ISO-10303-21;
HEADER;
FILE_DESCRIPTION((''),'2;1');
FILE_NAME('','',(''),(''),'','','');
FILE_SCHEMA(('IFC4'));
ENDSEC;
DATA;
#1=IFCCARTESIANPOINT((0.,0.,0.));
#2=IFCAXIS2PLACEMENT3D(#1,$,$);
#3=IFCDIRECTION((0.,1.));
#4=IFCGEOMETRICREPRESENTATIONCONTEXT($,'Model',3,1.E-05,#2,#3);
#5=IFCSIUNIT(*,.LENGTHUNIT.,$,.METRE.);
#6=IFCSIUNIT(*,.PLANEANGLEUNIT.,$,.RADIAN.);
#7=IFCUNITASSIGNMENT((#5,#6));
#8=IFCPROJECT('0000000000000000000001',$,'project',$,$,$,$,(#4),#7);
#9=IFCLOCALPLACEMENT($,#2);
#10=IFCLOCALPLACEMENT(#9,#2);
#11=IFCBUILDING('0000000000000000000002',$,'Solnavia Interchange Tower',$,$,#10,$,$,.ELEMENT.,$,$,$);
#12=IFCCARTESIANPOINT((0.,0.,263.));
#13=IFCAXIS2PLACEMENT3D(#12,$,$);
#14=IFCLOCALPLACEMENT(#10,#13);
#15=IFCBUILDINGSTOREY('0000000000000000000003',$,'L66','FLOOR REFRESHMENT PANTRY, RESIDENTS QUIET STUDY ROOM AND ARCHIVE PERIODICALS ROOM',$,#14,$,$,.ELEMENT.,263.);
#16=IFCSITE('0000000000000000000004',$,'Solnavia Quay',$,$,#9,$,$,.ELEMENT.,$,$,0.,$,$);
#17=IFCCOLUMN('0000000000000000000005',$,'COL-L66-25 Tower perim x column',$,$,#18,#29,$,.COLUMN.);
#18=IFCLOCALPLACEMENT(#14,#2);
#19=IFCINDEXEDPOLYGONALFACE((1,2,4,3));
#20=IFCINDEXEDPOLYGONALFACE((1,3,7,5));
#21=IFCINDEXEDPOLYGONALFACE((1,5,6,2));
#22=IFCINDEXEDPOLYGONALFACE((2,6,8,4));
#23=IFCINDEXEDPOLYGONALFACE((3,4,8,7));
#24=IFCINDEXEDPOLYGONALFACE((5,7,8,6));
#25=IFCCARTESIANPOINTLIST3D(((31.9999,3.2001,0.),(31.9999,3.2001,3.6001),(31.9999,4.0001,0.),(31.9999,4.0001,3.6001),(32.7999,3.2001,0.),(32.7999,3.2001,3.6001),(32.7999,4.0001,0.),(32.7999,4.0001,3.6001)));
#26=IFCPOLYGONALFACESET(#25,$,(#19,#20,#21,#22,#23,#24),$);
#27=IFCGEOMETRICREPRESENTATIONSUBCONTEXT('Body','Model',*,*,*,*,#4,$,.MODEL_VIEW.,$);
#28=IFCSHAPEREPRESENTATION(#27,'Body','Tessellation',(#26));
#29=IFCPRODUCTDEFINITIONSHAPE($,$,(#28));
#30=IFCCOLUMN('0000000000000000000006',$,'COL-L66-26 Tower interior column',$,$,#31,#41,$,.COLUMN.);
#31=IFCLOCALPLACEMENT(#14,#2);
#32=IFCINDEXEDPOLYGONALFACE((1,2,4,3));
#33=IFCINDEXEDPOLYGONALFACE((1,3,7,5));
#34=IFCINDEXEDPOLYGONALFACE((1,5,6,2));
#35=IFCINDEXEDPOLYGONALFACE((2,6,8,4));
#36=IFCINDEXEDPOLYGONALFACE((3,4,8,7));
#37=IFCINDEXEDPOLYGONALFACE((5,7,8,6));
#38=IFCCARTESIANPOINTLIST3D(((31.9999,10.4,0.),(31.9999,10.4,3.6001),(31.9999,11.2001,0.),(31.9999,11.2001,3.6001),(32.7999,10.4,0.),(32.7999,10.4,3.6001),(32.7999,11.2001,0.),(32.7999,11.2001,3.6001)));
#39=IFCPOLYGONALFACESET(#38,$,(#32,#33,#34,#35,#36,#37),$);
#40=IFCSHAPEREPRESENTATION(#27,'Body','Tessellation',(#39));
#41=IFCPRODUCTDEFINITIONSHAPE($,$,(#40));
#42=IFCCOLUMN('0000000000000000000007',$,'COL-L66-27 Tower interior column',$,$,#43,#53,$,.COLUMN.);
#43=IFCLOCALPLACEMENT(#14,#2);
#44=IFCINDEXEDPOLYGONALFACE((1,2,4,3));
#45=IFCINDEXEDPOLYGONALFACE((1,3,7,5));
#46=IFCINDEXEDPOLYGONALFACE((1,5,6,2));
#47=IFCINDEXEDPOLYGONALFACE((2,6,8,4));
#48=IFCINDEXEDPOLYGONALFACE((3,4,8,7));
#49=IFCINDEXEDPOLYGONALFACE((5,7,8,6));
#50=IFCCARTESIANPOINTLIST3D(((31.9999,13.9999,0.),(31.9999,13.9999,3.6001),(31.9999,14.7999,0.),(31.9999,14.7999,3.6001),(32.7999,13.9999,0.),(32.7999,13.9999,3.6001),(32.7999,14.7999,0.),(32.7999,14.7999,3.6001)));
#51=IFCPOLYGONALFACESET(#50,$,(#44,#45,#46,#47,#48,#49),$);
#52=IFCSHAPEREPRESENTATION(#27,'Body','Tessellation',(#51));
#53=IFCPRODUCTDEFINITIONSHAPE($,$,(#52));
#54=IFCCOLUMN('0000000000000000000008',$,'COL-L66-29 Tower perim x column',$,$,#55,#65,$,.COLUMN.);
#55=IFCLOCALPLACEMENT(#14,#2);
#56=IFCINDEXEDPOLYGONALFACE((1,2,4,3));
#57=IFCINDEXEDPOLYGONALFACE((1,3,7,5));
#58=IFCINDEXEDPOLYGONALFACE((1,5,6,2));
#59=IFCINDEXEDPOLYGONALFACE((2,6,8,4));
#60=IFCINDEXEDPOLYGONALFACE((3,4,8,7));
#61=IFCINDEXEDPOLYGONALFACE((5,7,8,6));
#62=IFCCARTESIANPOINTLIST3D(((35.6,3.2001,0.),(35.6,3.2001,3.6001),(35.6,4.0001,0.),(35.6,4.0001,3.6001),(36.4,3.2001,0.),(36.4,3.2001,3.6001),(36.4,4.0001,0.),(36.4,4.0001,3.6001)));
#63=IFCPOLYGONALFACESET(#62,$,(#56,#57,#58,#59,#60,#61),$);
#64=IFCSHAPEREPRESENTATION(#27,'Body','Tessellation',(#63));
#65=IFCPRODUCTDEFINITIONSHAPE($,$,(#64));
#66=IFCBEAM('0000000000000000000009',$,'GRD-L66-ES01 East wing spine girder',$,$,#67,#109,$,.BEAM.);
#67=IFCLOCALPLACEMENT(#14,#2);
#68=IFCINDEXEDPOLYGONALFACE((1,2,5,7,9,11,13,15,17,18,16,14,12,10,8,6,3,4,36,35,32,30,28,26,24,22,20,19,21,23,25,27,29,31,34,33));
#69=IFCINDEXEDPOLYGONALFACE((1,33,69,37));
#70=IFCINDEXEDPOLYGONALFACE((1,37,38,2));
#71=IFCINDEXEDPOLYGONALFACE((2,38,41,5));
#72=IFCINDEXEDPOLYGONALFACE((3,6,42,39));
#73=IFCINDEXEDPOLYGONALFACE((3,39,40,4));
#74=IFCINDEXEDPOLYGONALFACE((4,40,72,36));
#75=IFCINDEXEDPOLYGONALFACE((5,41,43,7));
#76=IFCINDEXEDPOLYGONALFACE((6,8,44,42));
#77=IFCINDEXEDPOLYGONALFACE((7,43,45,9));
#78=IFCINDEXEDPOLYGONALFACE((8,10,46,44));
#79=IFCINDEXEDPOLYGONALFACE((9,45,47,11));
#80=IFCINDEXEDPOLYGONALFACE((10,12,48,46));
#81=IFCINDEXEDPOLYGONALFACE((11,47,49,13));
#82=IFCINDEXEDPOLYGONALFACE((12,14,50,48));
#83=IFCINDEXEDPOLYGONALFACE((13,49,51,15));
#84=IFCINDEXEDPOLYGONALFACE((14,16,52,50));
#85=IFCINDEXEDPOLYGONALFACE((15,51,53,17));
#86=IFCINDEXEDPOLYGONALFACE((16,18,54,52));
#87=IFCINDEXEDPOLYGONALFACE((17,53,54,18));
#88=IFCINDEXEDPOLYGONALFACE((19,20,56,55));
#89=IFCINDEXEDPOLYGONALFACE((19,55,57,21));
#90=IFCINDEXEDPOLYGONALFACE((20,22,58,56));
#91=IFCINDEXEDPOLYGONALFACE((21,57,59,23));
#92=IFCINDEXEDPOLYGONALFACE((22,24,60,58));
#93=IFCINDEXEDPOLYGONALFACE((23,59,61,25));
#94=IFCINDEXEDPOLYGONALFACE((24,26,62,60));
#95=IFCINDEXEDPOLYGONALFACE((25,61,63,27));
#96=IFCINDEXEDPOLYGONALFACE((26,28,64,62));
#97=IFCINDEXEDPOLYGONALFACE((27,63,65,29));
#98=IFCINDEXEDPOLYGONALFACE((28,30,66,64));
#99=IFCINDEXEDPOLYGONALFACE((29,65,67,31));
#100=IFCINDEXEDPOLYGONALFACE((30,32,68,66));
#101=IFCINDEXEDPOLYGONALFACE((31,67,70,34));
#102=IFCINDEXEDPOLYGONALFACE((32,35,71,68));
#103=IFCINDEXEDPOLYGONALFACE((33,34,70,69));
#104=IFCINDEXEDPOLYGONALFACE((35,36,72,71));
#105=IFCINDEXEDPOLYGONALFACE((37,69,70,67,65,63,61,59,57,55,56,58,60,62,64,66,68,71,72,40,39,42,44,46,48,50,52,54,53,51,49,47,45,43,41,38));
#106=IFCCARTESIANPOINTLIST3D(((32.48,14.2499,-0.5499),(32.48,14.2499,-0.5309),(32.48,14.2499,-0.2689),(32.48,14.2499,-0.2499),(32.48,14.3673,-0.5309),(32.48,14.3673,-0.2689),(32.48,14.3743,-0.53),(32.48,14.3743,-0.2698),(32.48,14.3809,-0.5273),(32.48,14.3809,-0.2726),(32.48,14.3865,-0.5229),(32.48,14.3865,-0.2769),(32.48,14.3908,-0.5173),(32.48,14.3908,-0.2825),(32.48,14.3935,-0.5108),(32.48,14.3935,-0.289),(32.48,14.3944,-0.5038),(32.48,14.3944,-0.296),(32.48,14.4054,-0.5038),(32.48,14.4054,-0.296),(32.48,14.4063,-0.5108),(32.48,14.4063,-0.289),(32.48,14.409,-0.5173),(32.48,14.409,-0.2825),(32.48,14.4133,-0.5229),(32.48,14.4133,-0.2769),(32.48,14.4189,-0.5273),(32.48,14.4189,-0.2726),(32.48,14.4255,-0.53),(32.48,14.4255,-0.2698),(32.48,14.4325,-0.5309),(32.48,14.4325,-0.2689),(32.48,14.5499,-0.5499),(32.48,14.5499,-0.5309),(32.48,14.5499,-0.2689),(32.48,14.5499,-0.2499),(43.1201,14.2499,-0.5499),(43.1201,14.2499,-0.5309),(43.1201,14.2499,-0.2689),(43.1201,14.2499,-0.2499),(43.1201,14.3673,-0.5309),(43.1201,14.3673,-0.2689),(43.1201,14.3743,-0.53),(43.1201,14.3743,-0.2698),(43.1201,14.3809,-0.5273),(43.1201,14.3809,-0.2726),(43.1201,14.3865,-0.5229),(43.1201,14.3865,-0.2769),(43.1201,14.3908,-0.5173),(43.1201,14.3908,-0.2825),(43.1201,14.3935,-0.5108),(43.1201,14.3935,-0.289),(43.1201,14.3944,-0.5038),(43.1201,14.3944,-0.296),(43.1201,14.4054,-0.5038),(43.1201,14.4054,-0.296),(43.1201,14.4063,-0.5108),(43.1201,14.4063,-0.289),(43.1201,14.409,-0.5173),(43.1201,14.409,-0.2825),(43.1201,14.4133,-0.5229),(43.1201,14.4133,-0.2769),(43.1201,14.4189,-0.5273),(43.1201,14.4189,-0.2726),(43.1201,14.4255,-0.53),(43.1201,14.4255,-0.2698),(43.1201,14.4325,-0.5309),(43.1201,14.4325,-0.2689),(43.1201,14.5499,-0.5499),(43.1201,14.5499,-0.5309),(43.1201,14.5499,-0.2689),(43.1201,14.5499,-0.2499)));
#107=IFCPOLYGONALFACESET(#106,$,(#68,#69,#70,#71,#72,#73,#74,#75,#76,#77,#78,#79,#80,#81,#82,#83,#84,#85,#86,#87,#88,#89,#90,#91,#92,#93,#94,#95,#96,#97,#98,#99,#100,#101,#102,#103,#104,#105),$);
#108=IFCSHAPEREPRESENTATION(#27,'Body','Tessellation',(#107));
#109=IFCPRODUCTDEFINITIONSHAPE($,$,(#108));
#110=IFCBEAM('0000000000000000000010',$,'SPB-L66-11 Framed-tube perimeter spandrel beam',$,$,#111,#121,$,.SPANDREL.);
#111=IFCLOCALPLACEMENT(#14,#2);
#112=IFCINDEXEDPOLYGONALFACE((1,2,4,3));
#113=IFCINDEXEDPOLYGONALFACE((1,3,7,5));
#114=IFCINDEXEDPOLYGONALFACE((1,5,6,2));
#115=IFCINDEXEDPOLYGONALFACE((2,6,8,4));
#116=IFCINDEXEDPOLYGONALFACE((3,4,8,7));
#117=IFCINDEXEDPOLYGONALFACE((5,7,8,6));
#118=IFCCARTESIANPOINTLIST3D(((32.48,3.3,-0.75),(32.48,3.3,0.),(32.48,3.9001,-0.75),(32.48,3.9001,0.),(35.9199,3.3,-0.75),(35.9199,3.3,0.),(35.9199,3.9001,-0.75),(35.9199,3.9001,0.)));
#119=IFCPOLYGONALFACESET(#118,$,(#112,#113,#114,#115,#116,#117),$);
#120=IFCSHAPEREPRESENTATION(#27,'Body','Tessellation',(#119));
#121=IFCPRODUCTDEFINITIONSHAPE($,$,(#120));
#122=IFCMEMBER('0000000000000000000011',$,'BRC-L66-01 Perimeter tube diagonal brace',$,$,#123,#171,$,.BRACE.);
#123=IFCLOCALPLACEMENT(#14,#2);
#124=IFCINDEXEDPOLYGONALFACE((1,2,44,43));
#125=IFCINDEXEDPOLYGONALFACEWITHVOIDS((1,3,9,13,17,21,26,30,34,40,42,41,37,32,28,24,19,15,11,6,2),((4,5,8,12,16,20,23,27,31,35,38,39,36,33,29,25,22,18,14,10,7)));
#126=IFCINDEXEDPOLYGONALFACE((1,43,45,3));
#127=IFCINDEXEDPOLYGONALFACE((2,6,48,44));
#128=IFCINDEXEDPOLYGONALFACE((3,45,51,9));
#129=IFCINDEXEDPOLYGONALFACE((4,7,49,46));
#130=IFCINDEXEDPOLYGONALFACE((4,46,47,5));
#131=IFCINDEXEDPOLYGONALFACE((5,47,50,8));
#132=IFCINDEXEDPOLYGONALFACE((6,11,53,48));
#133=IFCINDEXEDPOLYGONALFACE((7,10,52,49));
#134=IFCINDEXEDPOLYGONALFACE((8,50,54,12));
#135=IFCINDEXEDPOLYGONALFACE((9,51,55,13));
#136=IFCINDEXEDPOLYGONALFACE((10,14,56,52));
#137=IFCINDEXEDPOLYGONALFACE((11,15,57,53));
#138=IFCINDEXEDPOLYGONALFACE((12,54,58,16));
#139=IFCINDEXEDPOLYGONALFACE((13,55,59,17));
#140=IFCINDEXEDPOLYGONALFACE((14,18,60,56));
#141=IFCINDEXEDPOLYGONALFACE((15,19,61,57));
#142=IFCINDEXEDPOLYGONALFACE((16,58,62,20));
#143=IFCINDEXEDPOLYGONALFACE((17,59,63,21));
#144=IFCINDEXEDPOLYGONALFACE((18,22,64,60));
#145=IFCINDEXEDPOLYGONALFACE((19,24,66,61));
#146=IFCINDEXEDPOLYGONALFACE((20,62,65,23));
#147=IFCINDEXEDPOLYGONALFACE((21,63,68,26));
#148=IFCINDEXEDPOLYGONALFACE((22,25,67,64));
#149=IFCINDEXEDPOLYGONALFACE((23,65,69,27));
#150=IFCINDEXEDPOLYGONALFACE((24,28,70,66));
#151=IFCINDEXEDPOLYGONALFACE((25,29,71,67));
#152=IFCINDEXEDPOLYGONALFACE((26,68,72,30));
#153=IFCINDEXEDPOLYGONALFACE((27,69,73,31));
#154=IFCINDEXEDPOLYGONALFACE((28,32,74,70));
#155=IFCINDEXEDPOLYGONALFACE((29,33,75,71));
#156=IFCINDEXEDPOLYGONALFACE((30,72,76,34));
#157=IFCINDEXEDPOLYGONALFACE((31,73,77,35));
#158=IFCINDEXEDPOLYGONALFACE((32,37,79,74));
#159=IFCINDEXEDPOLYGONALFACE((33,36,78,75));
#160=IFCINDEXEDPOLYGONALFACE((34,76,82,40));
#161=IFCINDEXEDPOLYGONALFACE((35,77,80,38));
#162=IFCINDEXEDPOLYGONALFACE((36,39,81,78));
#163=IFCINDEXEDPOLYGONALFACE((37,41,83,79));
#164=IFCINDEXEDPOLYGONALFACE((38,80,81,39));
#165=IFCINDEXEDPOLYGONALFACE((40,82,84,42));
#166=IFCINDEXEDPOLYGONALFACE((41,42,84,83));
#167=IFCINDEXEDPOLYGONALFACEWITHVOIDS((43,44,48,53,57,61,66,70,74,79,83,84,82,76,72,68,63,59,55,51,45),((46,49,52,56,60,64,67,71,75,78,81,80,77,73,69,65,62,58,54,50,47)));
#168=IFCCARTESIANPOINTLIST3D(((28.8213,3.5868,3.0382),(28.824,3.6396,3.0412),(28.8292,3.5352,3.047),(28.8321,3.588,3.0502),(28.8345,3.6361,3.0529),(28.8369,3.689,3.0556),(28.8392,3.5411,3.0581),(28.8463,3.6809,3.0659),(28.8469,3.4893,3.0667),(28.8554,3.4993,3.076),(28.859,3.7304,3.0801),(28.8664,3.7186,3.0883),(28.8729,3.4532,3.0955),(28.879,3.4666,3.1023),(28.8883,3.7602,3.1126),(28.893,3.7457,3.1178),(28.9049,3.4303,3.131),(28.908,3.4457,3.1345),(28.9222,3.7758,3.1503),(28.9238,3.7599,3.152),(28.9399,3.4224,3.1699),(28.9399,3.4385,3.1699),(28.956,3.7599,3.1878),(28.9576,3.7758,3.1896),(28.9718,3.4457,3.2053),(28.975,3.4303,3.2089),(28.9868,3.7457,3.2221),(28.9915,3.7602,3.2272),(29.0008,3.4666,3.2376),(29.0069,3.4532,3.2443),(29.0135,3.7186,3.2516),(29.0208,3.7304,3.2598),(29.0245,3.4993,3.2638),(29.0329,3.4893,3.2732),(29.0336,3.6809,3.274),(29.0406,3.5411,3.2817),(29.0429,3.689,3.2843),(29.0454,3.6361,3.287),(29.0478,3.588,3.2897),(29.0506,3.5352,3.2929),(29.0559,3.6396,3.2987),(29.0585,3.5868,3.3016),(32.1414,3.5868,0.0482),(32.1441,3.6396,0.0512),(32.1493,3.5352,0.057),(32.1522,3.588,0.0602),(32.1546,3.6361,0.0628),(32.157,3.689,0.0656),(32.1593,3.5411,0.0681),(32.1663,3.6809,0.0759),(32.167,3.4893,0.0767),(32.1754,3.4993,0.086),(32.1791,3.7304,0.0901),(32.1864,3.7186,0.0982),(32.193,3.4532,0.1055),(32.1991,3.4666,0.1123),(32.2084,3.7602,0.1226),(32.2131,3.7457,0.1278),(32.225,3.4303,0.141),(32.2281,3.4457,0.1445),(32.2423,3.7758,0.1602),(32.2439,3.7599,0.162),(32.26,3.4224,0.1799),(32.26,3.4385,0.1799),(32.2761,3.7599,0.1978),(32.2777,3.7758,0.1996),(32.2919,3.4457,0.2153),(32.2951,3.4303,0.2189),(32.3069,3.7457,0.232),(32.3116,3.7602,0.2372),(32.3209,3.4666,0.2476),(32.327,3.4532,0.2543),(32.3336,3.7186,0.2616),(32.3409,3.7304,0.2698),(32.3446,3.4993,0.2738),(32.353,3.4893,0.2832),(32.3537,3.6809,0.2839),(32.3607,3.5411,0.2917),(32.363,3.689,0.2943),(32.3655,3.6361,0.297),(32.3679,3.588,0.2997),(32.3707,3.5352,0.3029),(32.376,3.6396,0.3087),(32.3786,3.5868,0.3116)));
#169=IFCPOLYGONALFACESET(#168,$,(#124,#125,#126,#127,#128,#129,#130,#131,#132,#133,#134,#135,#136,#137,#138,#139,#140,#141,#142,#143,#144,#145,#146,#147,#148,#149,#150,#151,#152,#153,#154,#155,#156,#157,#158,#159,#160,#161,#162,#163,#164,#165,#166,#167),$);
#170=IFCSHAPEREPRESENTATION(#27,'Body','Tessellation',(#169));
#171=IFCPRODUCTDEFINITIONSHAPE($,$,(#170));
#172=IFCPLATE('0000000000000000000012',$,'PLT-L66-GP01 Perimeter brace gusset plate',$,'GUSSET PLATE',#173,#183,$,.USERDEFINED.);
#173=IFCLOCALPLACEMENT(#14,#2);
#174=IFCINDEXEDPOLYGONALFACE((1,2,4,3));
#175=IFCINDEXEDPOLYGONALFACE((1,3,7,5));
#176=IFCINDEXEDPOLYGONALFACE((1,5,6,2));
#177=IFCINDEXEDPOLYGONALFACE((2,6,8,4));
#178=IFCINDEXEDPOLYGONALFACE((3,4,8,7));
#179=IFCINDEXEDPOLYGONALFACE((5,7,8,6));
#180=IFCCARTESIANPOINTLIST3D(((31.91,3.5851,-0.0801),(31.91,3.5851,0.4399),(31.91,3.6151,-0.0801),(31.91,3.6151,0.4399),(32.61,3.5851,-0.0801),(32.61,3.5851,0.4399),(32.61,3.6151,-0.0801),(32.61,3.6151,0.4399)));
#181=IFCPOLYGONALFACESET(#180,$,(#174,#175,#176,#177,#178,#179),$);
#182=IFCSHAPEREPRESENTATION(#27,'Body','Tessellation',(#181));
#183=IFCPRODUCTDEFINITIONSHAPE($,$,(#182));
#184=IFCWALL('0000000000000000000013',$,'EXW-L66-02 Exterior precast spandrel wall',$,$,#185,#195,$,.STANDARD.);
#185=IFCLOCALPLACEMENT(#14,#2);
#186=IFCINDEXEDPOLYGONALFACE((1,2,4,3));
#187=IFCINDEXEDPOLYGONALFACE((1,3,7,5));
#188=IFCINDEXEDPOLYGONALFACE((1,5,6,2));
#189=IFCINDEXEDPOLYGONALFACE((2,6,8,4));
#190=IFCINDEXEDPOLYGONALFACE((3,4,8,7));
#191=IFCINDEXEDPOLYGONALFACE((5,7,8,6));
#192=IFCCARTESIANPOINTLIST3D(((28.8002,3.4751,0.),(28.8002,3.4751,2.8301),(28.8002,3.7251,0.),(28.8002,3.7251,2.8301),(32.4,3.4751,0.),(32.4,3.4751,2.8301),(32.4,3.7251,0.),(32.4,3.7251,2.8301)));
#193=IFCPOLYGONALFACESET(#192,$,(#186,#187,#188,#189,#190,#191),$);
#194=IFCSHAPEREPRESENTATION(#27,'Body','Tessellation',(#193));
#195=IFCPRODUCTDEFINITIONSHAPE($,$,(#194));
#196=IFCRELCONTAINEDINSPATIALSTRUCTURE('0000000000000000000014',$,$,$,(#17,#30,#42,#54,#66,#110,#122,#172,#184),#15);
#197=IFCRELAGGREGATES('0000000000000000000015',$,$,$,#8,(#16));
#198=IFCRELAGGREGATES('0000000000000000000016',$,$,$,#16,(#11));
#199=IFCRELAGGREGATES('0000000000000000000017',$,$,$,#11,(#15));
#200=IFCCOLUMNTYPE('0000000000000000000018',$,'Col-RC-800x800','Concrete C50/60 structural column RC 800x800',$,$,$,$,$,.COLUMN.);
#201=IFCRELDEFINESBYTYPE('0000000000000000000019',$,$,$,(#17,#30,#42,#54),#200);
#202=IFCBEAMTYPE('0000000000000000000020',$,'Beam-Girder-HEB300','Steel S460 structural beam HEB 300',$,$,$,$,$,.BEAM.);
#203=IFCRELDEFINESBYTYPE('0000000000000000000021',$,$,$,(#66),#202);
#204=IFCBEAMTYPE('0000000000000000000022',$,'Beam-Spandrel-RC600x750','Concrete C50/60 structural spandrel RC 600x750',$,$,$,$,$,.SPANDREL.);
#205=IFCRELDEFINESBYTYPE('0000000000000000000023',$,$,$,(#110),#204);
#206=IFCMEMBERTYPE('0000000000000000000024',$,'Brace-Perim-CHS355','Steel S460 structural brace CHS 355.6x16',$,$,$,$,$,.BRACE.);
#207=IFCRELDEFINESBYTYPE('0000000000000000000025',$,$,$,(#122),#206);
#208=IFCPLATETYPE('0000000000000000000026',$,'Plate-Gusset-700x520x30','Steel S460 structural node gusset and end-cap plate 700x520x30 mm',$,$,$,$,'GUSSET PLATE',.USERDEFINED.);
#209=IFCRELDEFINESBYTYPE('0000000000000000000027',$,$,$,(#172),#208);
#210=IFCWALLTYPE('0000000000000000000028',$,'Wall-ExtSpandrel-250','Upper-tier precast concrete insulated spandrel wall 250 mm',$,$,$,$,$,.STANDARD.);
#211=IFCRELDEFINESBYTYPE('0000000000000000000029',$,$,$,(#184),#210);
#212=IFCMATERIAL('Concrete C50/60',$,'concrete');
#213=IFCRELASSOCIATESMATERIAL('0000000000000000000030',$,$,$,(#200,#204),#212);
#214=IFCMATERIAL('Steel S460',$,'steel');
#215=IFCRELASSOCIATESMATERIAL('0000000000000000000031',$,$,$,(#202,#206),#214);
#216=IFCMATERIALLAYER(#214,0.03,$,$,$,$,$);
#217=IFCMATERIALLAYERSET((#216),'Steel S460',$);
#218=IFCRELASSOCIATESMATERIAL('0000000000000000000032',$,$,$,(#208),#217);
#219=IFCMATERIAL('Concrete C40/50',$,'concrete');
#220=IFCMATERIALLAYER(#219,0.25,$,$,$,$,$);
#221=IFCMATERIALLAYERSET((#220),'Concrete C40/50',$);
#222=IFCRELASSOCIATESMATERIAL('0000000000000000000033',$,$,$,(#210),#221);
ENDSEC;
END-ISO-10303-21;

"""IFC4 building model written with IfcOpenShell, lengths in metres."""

from ifc_helpers import new_model, si_unit, direction, frame, frame_2d, origin, origin_2d, place, context, subcontext, project, spatial, rectangle, hollow_circle, i_section, extrude, material, layer, layer_set, material_profile, profile_set, type_object, element, save


model = new_model("IFC4")

# Units and contexts
model_context = context("Model", 3, precision=1e-05, world=origin(), true_north=direction((0.0, 1.0)))
body_context = subcontext(model_context, "Body", "Model", "MODEL_VIEW")
ifc_project = project(units=[si_unit("LENGTHUNIT", "METRE"), si_unit("PLANEANGLEUNIT", "RADIAN")], contexts=[model_context])

# Site, building, storey
site_placement = place(None, origin())
site = spatial("IfcSite", under=ifc_project, at=site_placement, Name="Solnavia Quay", CompositionType="ELEMENT", RefElevation=0.0)
building_placement = place(site_placement, origin())
building = spatial("IfcBuilding", under=site, at=building_placement, Name="Solnavia Interchange Tower", CompositionType="ELEMENT")
storey_placement = place(building_placement, frame((0.0, 0.0, 263.0)))
storey = spatial("IfcBuildingStorey", under=building, at=storey_placement, Name="L66", Description="FLOOR REFRESHMENT PANTRY, RESIDENTS QUIET STUDY ROOM AND ARCHIVE PERIODICALS ROOM", CompositionType="ELEMENT", Elevation=263.0)

# Columns
ifc_material_1 = material(Name="Concrete C50/60", Category="concrete")
ifc_material_profile_1 = material_profile(ifc_material_1, rectangle(XDim=0.8, YDim=0.8, at=origin_2d()), Name="RC 800x800")
ifc_profile_set_1 = profile_set([ifc_material_profile_1], Name="Concrete C50/60")
column_type = type_object("IfcColumnType", Name="Col-RC-800x800", Description="Concrete C50/60 structural column RC 800x800", PredefinedType="COLUMN", material=ifc_profile_set_1)
for number, where, z_axis, x_axis, name in (
    (1, (32.3999, 3.6001, 0.0), (0.0, 0.0, 1.0), (1.0, 0.0, 0.0), "COL-L66-25 Tower perim x column"),
    (2, (32.3999, 10.8, 0.0), (0.0, 0.0, 1.0), (1.0, 0.0, 0.0), "COL-L66-26 Tower interior column"),
    (3, (32.3999, 14.3999, 0.0), (0.0, 0.0, 1.0), (1.0, 0.0, 0.0), "COL-L66-27 Tower interior column"),
    (4, (36.0, 3.6001, 0.0), (0.0, 0.0, 1.0), (1.0, 0.0, 0.0), "COL-L66-29 Tower perim x column"),
):
    element("IfcColumn", number, at=place(storey_placement, frame(where, z_axis=z_axis, x_axis=x_axis)), inside=storey, type_object=column_type, Name=name, PredefinedType="COLUMN", context=body_context, shape_type="SweptSolid", body=[
        extrude(rectangle(XDim=0.8, YDim=0.8, at=origin_2d()), origin(), (0.0, 0.0, 1.0), 3.6001),
    ])

# Beams
ifc_material_2 = material(Name="Steel S460", Category="steel")
ifc_material_profile_2 = material_profile(ifc_material_2, i_section(OverallWidth=0.3, OverallDepth=0.3, WebThickness=0.011, FlangeThickness=0.019, FilletRadius=0.0271, at=origin_2d()), Name="HEB 300")
ifc_profile_set_2 = profile_set([ifc_material_profile_2], Name="Steel S460")
beam_type_1 = type_object("IfcBeamType", Name="Beam-Girder-HEB300", Description="Steel S460 structural beam HEB 300", PredefinedType="BEAM", material=ifc_profile_set_2)
beam_1_placement = place(storey_placement, frame((32.48, 14.3999, -0.3999), z_axis=(1.0, 0.0, 0.0), x_axis=(0.0, 1.0, 0.0)))
element("IfcBeam", 5, at=beam_1_placement, inside=storey, type_object=beam_type_1, Name="GRD-L66-ES01 East wing spine girder", PredefinedType="BEAM", context=body_context, shape_type="SweptSolid", body=[
    extrude(i_section(OverallWidth=0.3, OverallDepth=0.3, WebThickness=0.011, FlangeThickness=0.019, FilletRadius=0.0271, at=origin_2d()), origin(), (0.0, 0.0, 1.0), 10.6401),
])
ifc_material_profile_3 = material_profile(ifc_material_1, rectangle(XDim=0.6001, YDim=0.75, at=origin_2d()), Name="RC 600x750")
ifc_profile_set_3 = profile_set([ifc_material_profile_3], Name="Concrete C50/60")
beam_type_2 = type_object("IfcBeamType", Name="Beam-Spandrel-RC600x750", Description="Concrete C50/60 structural spandrel RC 600x750", PredefinedType="SPANDREL", material=ifc_profile_set_3)
beam_2_placement = place(storey_placement, frame((32.48, 3.6001, -0.375), z_axis=(1.0, 0.0, 0.0), x_axis=(0.0, 1.0, 0.0)))
element("IfcBeam", 6, at=beam_2_placement, inside=storey, type_object=beam_type_2, Name="SPB-L66-11 Framed-tube perimeter spandrel beam", PredefinedType="SPANDREL", context=body_context, shape_type="SweptSolid", body=[
    extrude(rectangle(XDim=0.6001, YDim=0.75, at=origin_2d()), origin(), (0.0, 0.0, 1.0), 3.4399),
])

# Member
ifc_material_profile_4 = material_profile(ifc_material_2, hollow_circle(Radius=0.1777, WallThickness=0.0161, at=origin_2d()), Name="CHS 355.6x16")
ifc_profile_set_4 = profile_set([ifc_material_profile_4], Name="Steel S460")
member_type = type_object("IfcMemberType", Name="Brace-Perim-CHS355", Description="Steel S460 structural brace CHS 355.6x16", PredefinedType="BRACE", material=ifc_profile_set_4)
member_placement = place(storey_placement, frame((32.26, 3.6001, 0.1799), z_axis=(-0.743079, 0.0, 0.669203), x_axis=(0.0, -1.0, 0.0)))
element("IfcMember", 7, at=member_placement, inside=storey, type_object=member_type, Name="BRC-L66-01 Perimeter tube diagonal brace", PredefinedType="BRACE", context=body_context, shape_type="SweptSolid", body=[
    extrude(hollow_circle(Radius=0.1777, WallThickness=0.0161, at=origin_2d()), origin(), (0.0, 0.0, 1.0), 4.468),
])

# Plate
ifc_layer_1 = layer(ifc_material_2, 0.03)
ifc_layer_set_1 = layer_set([ifc_layer_1], Name="Steel S460")
plate_type = type_object("IfcPlateType", Name="Plate-Gusset-700x520x30", Description="Steel S460 structural node gusset and end-cap plate 700x520x30 mm", ElementType="GUSSET PLATE", PredefinedType="USERDEFINED", material=ifc_layer_set_1)
plate_placement = place(storey_placement, frame((32.26, 3.6001, -0.0801), z_axis=(0.0, 0.0, 1.0), x_axis=(-1.0, 0.0, 0.0)))
element("IfcPlate", 8, at=plate_placement, inside=storey, type_object=plate_type, Name="PLT-L66-GP01 Perimeter brace gusset plate", ObjectType="GUSSET PLATE", PredefinedType="USERDEFINED", context=body_context, shape_type="SweptSolid", body=[
    extrude(rectangle(XDim=0.7, YDim=0.03, at=origin_2d()), origin(), (0.0, 0.0, 1.0), 0.52),
])

# Wall
ifc_material_3 = material(Name="Concrete C40/50", Category="concrete")
ifc_layer_2 = layer(ifc_material_3, 0.25)
ifc_layer_set_2 = layer_set([ifc_layer_2], Name="Concrete C40/50")
wall_type_1 = type_object("IfcWallType", Name="Wall-ExtSpandrel-250", Description="Upper-tier precast concrete insulated spandrel wall 250 mm", PredefinedType="STANDARD", material=ifc_layer_set_2)
wall_1_placement = place(storey_placement, frame((32.3999, 3.6001, 0.0), z_axis=(0.0, 0.0, 1.0), x_axis=(-1.0, 0.0, 0.0)))
element("IfcWall", 9, at=wall_1_placement, inside=storey, type_object=wall_type_1, Name="EXW-L66-02 Exterior precast spandrel wall", PredefinedType="STANDARD", context=body_context, shape_type="SweptSolid", body=[
    extrude(rectangle(XDim=3.5999, YDim=0.25, at=frame_2d((1.7998, 0.0))), origin(), (0.0, 0.0, 1.0), 2.8301),
])

save(model, "model.ifc")
